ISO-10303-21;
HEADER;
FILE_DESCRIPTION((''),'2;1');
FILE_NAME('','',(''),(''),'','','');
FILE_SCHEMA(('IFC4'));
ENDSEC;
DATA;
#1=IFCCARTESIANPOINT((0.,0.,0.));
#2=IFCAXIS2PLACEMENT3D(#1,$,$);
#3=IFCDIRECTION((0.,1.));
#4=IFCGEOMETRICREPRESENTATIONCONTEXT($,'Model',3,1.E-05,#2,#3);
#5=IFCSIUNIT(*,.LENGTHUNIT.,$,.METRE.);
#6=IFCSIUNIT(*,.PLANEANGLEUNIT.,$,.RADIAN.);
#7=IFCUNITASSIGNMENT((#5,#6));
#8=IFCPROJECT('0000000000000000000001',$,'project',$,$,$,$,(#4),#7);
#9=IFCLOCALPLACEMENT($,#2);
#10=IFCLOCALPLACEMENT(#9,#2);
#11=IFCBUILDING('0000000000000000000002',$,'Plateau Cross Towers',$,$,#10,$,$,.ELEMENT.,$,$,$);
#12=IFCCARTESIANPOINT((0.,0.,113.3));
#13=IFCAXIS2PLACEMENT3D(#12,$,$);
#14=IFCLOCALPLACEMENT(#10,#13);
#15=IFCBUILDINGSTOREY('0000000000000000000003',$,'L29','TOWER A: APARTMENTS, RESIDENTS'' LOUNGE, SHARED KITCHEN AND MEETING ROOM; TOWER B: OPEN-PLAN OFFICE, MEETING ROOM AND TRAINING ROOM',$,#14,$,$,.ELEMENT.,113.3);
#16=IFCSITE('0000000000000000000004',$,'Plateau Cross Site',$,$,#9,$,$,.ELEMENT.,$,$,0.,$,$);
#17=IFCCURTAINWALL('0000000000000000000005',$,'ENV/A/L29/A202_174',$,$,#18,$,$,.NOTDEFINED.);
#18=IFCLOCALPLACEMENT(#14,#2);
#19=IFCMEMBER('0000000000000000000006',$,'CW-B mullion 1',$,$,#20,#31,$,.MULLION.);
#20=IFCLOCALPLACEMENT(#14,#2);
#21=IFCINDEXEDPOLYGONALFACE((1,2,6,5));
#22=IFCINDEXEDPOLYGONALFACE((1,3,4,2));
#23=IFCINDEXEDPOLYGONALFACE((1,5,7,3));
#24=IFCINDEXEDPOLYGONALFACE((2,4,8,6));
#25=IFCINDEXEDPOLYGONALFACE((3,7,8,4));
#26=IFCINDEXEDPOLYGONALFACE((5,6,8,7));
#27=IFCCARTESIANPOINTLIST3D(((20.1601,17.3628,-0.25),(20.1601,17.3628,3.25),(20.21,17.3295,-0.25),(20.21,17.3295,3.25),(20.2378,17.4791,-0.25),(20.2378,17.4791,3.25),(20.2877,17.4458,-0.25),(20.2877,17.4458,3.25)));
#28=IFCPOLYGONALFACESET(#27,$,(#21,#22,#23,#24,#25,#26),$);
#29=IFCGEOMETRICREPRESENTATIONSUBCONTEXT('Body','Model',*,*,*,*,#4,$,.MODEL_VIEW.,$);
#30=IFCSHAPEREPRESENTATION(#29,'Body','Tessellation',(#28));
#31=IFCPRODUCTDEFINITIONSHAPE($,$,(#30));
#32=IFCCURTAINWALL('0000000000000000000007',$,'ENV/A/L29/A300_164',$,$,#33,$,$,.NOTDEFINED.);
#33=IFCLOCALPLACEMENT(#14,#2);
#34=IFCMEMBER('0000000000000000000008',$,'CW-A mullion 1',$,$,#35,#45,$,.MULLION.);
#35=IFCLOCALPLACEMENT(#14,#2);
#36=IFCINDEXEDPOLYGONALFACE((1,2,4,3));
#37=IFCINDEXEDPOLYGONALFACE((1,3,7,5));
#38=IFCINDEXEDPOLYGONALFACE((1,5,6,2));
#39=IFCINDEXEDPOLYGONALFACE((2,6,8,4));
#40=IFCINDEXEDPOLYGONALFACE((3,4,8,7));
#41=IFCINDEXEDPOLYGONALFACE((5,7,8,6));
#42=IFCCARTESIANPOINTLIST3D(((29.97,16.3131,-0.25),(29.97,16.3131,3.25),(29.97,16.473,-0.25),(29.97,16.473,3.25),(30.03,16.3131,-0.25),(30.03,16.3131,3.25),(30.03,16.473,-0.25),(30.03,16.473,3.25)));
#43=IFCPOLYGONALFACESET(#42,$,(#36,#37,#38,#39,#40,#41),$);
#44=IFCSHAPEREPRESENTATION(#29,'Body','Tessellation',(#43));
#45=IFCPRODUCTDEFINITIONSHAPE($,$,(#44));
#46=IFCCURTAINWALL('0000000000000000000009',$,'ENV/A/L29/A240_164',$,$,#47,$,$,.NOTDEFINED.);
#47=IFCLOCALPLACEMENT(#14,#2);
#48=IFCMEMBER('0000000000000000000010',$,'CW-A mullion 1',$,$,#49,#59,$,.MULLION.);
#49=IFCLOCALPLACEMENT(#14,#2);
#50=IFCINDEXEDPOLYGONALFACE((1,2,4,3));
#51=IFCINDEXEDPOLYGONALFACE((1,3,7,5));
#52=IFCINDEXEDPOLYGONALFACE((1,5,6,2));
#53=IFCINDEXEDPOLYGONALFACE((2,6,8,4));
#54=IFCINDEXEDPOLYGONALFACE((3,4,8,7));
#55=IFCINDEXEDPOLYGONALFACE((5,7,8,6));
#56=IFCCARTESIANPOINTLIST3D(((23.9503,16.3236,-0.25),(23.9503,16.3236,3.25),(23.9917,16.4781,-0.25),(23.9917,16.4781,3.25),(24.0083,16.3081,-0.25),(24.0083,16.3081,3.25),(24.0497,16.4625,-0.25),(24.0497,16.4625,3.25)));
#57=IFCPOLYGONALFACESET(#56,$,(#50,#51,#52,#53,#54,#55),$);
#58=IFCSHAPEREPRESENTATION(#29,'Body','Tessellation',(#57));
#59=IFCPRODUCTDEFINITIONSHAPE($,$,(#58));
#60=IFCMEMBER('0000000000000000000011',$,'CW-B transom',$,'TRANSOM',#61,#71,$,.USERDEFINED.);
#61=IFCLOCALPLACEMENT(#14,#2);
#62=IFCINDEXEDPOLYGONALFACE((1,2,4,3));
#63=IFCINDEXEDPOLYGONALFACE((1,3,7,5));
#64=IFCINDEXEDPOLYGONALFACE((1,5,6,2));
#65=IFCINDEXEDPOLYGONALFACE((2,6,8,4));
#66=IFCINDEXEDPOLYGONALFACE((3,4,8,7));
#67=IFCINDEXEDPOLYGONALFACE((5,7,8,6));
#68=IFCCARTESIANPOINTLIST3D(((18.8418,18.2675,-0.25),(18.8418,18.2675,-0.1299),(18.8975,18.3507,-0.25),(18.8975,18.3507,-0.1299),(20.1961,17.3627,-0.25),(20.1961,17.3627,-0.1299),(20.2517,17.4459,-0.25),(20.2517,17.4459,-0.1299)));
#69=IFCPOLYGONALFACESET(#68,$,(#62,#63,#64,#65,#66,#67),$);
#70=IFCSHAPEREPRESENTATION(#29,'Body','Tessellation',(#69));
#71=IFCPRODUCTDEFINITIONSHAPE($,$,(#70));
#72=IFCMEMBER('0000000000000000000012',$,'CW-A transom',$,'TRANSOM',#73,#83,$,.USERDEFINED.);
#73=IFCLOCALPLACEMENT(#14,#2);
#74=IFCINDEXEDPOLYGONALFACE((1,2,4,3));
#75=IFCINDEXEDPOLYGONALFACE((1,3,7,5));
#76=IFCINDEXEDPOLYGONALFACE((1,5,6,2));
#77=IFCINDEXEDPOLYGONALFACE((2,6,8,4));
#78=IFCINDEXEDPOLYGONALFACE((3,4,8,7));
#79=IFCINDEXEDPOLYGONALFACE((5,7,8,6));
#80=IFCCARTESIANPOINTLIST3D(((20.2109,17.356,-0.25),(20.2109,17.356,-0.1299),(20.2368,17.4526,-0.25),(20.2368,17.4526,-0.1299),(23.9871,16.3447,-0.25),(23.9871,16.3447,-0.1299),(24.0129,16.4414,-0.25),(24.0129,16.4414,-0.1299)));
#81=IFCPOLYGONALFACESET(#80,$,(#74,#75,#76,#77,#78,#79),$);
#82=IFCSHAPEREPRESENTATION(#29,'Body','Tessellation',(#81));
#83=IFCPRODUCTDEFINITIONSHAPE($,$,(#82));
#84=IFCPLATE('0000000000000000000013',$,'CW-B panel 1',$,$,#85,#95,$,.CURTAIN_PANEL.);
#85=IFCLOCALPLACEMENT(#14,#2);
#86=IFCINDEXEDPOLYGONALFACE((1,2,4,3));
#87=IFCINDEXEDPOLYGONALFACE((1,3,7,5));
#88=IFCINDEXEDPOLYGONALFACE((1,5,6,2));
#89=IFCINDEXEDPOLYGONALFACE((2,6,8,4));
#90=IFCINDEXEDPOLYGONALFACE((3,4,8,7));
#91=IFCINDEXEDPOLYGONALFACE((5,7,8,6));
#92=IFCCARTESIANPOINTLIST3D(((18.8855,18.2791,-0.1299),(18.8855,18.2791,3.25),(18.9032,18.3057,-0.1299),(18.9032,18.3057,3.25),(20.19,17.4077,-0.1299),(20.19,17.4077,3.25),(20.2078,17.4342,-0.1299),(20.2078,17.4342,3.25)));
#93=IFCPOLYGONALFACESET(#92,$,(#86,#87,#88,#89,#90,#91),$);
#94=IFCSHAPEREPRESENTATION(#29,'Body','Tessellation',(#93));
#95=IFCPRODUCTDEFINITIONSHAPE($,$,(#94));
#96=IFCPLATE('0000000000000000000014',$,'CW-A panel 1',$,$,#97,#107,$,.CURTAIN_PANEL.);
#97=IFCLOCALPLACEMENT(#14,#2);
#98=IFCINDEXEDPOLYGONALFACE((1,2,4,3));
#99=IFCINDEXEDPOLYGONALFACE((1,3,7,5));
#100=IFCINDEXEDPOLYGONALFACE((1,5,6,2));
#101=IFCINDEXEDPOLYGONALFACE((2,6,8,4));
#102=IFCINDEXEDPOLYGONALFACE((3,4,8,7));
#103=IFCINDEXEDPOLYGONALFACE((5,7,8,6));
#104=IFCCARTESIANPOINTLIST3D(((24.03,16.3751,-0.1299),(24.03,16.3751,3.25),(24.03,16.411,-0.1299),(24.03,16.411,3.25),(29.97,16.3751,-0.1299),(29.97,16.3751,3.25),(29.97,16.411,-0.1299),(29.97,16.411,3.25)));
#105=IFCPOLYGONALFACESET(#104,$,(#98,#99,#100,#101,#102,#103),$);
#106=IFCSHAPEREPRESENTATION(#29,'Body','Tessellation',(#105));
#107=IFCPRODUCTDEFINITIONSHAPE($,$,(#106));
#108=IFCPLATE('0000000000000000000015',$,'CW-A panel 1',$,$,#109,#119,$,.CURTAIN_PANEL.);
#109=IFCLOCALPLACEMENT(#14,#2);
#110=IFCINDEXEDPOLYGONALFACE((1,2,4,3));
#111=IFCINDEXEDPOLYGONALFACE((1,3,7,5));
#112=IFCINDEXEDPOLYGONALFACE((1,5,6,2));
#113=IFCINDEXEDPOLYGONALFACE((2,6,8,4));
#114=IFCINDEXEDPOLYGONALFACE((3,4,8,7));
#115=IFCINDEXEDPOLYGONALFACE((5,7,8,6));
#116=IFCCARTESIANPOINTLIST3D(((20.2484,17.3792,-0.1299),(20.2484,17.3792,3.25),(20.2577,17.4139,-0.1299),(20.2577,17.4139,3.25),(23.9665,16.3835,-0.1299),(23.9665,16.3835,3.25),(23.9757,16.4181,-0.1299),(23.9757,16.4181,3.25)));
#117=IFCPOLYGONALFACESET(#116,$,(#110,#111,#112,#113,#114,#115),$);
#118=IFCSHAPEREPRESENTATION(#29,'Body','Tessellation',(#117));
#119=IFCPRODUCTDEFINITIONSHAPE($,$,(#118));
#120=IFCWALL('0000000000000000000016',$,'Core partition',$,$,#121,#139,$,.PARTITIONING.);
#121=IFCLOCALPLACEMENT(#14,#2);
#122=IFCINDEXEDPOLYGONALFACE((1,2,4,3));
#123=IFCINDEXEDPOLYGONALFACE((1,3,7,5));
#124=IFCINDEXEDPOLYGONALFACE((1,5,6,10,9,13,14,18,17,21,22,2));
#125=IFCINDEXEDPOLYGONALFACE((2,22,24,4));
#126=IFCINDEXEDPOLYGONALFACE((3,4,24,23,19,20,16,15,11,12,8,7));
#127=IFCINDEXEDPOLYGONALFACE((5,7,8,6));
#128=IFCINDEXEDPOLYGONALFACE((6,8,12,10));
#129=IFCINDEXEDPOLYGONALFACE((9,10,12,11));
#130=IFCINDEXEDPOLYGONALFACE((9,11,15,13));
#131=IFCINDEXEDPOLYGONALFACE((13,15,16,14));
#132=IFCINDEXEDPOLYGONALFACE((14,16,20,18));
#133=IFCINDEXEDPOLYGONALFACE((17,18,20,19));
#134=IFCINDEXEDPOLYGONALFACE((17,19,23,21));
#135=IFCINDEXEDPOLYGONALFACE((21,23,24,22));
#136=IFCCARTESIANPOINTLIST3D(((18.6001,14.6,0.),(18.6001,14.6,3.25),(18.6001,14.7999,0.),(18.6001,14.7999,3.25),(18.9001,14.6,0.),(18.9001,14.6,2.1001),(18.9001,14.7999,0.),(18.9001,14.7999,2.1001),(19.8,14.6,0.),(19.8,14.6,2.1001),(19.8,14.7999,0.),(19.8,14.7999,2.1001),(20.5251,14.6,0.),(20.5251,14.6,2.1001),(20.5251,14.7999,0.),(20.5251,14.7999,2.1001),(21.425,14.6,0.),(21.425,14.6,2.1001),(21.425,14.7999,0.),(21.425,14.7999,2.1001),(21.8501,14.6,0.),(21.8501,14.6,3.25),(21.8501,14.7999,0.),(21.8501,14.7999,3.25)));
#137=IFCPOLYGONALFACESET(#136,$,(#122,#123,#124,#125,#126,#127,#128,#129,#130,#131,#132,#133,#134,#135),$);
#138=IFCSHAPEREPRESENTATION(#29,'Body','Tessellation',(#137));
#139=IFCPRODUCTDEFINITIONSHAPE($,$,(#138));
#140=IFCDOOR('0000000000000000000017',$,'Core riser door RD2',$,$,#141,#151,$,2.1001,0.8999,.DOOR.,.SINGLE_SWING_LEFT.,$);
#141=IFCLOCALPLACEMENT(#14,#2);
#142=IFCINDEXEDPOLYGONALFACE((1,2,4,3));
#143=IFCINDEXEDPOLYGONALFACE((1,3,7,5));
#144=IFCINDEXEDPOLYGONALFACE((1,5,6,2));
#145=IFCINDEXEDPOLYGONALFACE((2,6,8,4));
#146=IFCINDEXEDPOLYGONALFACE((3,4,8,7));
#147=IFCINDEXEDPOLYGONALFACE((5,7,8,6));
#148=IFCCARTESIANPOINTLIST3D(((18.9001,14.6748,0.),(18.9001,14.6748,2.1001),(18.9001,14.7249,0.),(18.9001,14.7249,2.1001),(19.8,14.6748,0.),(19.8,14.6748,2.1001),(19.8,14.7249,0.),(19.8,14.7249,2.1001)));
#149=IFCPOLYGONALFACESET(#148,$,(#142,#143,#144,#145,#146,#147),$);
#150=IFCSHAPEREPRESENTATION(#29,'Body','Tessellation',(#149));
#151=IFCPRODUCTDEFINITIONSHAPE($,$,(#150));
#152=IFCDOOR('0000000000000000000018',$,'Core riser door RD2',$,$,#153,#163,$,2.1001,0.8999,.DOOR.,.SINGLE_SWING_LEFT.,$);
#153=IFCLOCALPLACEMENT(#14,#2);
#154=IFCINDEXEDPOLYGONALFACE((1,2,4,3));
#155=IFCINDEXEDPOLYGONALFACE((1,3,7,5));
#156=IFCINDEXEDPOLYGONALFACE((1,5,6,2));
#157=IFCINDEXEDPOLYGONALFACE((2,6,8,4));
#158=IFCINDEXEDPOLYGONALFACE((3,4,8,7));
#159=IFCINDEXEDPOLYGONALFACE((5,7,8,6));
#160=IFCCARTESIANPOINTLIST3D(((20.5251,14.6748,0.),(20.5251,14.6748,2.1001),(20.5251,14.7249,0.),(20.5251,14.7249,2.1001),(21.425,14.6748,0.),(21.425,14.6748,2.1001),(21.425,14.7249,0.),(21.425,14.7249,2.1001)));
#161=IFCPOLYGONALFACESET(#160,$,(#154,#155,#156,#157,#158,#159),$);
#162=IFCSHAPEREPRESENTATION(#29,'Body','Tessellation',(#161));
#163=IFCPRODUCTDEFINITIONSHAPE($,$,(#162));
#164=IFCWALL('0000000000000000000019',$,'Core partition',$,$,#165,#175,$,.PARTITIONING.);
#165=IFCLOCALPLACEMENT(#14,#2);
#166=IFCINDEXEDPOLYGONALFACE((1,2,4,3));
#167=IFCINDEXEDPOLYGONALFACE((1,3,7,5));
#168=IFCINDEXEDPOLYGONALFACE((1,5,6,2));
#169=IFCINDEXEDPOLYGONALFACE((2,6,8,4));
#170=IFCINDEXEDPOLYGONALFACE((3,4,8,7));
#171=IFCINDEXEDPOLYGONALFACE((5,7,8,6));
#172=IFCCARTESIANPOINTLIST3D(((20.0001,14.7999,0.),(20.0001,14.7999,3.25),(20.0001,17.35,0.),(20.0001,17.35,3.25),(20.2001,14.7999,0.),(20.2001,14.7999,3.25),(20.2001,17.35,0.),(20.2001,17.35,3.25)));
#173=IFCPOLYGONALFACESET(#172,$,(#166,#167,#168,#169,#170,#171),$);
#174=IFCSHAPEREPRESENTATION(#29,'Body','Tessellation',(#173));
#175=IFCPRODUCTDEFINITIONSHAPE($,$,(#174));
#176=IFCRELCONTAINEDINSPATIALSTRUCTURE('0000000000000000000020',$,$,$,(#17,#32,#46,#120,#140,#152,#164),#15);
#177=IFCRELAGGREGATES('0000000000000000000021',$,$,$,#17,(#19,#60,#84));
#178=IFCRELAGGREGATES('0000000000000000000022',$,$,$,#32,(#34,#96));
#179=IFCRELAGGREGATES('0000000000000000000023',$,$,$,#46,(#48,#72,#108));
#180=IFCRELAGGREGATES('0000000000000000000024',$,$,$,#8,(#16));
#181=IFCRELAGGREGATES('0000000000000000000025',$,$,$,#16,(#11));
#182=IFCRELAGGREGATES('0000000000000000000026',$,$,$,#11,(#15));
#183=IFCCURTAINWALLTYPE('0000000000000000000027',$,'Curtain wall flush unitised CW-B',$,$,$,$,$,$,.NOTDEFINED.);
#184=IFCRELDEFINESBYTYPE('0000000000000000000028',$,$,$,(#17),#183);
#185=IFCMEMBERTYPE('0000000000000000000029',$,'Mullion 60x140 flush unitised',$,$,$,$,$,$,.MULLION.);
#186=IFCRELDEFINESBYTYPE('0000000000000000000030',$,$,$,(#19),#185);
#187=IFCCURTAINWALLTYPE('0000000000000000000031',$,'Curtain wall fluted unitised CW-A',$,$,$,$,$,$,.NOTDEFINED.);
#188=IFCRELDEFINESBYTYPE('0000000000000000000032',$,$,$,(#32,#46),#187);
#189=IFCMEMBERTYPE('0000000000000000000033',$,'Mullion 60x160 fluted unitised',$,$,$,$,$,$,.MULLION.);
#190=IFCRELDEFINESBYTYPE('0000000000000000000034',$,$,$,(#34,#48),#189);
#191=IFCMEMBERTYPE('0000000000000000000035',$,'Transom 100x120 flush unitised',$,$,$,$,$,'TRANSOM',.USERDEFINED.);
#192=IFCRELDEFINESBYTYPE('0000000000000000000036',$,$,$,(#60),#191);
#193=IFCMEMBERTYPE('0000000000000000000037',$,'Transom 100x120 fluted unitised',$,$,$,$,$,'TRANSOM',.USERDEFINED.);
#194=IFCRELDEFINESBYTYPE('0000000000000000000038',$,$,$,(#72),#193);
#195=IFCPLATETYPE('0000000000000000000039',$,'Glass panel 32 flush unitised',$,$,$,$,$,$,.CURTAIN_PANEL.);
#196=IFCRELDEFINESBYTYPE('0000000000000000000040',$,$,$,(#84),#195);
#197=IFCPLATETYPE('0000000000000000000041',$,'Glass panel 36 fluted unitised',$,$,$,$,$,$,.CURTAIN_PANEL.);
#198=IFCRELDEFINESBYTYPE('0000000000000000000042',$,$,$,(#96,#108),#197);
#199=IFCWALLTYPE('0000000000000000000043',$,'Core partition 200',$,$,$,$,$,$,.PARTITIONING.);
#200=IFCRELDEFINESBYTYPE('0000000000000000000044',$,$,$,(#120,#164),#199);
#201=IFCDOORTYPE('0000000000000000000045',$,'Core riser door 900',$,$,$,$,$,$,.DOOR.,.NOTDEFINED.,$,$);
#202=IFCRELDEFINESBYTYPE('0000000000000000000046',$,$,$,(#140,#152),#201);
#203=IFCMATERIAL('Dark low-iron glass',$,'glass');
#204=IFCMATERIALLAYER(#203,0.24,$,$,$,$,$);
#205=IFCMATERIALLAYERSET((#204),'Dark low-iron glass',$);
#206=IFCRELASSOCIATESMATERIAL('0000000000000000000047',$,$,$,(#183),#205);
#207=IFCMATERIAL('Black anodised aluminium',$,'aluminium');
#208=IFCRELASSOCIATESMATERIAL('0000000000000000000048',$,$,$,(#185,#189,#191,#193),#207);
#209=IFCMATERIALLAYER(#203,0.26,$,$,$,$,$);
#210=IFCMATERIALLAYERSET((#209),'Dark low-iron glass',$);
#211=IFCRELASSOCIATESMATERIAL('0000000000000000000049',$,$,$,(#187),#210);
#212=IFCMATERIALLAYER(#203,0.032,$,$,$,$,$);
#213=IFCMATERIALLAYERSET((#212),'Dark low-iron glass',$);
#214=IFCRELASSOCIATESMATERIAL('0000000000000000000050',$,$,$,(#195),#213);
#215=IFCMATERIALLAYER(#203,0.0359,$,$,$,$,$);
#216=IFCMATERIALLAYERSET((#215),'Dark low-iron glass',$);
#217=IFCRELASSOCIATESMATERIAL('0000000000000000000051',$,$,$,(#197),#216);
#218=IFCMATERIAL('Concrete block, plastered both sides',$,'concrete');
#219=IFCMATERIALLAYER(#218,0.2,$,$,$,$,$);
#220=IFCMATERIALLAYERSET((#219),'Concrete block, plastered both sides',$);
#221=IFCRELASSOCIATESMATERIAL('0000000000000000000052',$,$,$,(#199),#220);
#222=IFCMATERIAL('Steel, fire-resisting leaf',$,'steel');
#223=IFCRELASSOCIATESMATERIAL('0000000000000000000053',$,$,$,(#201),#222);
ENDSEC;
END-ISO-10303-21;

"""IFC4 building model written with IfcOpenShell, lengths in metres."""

from ifc_helpers import new_model, si_unit, direction, frame, frame_2d, origin, origin_2d, place, context, subcontext, project, spatial, rectangle, extrude, material, layer, layer_set, material_profile, profile_set, type_object, element, fill, aggregate, save


model = new_model("IFC4")

# Units and contexts
model_context = context("Model", 3, precision=1e-05, world=origin(), true_north=direction((0.0, 1.0)))
body_context = subcontext(model_context, "Body", "Model", "MODEL_VIEW")
ifc_project = project(units=[si_unit("LENGTHUNIT", "METRE"), si_unit("PLANEANGLEUNIT", "RADIAN")], contexts=[model_context])

# Site, building, storey
site_placement = place(None, origin())
site = spatial("IfcSite", under=ifc_project, at=site_placement, Name="Plateau Cross Site", CompositionType="ELEMENT", RefElevation=0.0)
building_placement = place(site_placement, origin())
building = spatial("IfcBuilding", under=site, at=building_placement, Name="Plateau Cross Towers", CompositionType="ELEMENT")
storey_placement = place(building_placement, frame((0.0, 0.0, 113.3)))
storey = spatial("IfcBuildingStorey", under=building, at=storey_placement, Name="L29", Description="TOWER A: APARTMENTS, RESIDENTS' LOUNGE, SHARED KITCHEN AND MEETING ROOM; TOWER B: OPEN-PLAN OFFICE, MEETING ROOM AND TRAINING ROOM", CompositionType="ELEMENT", Elevation=113.3)

# Curtain walls, members
ifc_material_1 = material(Name="Dark low-iron glass", Category="glass")
ifc_layer_1 = layer(ifc_material_1, 0.24)
ifc_layer_set_1 = layer_set([ifc_layer_1], Name="Dark low-iron glass")
curtain_wall_type_1 = type_object("IfcCurtainWallType", Name="Curtain wall flush unitised CW-B", PredefinedType="NOTDEFINED", material=ifc_layer_set_1)
curtain_wall_1_placement = place(storey_placement, origin())
curtain_wall_1 = element("IfcCurtainWall", 1, at=curtain_wall_1_placement, inside=storey, type_object=curtain_wall_type_1, Name="ENV/A/L29/A202_174", PredefinedType="NOTDEFINED")
ifc_material_2 = material(Name="Black anodised aluminium", Category="aluminium")
ifc_material_profile_1 = material_profile(ifc_material_2, rectangle(XDim=0.0601, YDim=0.1399, at=origin_2d()), Name="MULLION 60x140")
ifc_profile_set_1 = profile_set([ifc_material_profile_1], Name="Black anodised aluminium")
member_type_1 = type_object("IfcMemberType", Name="Mullion 60x140 flush unitised", PredefinedType="MULLION", material=ifc_profile_set_1)
member_1_placement = place(storey_placement, frame((20.2239, 17.4043, -0.25), z_axis=(0.0, 0.0, 1.0), x_axis=(-0.831521, 0.555493, 0.0)))
member_1 = element("IfcMember", 2, at=member_1_placement, type_object=member_type_1, Name="CW-B mullion 1", PredefinedType="MULLION", context=body_context, shape_type="SweptSolid", body=[
    extrude(rectangle(XDim=0.0601, YDim=0.1399, at=origin_2d()), origin(), (0.0, 0.0, 1.0), 3.5),
])
ifc_layer_2 = layer(ifc_material_1, 0.26)
ifc_layer_set_2 = layer_set([ifc_layer_2], Name="Dark low-iron glass")
curtain_wall_type_2 = type_object("IfcCurtainWallType", Name="Curtain wall fluted unitised CW-A", PredefinedType="NOTDEFINED", material=ifc_layer_set_2)
curtain_wall_2_placement = place(storey_placement, origin())
curtain_wall_2 = element("IfcCurtainWall", 3, at=curtain_wall_2_placement, inside=storey, type_object=curtain_wall_type_2, Name="ENV/A/L29/A300_164", PredefinedType="NOTDEFINED")
ifc_material_profile_2 = material_profile(ifc_material_2, rectangle(XDim=0.0601, YDim=0.1599, at=origin_2d()), Name="MULLION 60x160")
ifc_profile_set_2 = profile_set([ifc_material_profile_2], Name="Black anodised aluminium")
member_type_2 = type_object("IfcMemberType", Name="Mullion 60x160 fluted unitised", PredefinedType="MULLION", material=ifc_profile_set_2)
member_2_placement = place(storey_placement, frame((30.0, 16.3931, -0.25), z_axis=(0.0, 0.0, 1.0), x_axis=(-1.0, 0.0, 0.0)))
member_2 = element("IfcMember", 4, at=member_2_placement, type_object=member_type_2, Name="CW-A mullion 1", PredefinedType="MULLION", context=body_context, shape_type="SweptSolid", body=[
    extrude(rectangle(XDim=0.0601, YDim=0.1599, at=origin_2d()), origin(), (0.0, 0.0, 1.0), 3.5),
])
curtain_wall_3_placement = place(storey_placement, origin())
curtain_wall_3 = element("IfcCurtainWall", 5, at=curtain_wall_3_placement, inside=storey, type_object=curtain_wall_type_2, Name="ENV/A/L29/A240_164", PredefinedType="NOTDEFINED")
member_3_placement = place(storey_placement, frame((24.0, 16.3931, -0.25), z_axis=(0.0, 0.0, 1.0), x_axis=(-0.965958, 0.258699, 0.0)))
member_3 = element("IfcMember", 6, at=member_3_placement, type_object=member_type_2, Name="CW-A mullion 1", PredefinedType="MULLION", context=body_context, shape_type="SweptSolid", body=[
    extrude(rectangle(XDim=0.0601, YDim=0.1599, at=origin_2d()), origin(), (0.0, 0.0, 1.0), 3.5),
])

# Members
ifc_material_profile_3 = material_profile(ifc_material_2, rectangle(XDim=0.1001, YDim=0.1201, at=origin_2d()), Name="TRANSOM 100x120")
ifc_profile_set_3 = profile_set([ifc_material_profile_3], Name="Black anodised aluminium")
member_type_3 = type_object("IfcMemberType", Name="Transom 100x120 flush unitised", ElementType="TRANSOM", PredefinedType="USERDEFINED", material=ifc_profile_set_3)
member_4_placement = place(storey_placement, frame((20.2239, 17.4043, -0.1899), z_axis=(-0.831496, 0.55553, 0.0), x_axis=(-0.55553, -0.831496, 0.0)))
member_4 = element("IfcMember", 7, at=member_4_placement, type_object=member_type_3, Name="CW-B transom", ObjectType="TRANSOM", PredefinedType="USERDEFINED", context=body_context, shape_type="SweptSolid", body=[
    extrude(rectangle(XDim=0.1001, YDim=0.1201, at=origin_2d()), origin(), (0.0, 0.0, 1.0), 1.6287),
])
ifc_material_profile_4 = material_profile(ifc_material_2, rectangle(XDim=0.1001, YDim=0.1201, at=origin_2d()), Name="TRANSOM 100x120")
ifc_profile_set_4 = profile_set([ifc_material_profile_4], Name="Black anodised aluminium")
member_type_4 = type_object("IfcMemberType", Name="Transom 100x120 fluted unitised", ElementType="TRANSOM", PredefinedType="USERDEFINED", material=ifc_profile_set_4)
member_5_placement = place(storey_placement, frame((24.0, 16.3931, -0.1899), z_axis=(-0.965963, 0.258681, 0.0), x_axis=(-0.258681, -0.965963, 0.0)))
member_5 = element("IfcMember", 8, at=member_5_placement, type_object=member_type_4, Name="CW-A transom", ObjectType="TRANSOM", PredefinedType="USERDEFINED", context=body_context, shape_type="SweptSolid", body=[
    extrude(rectangle(XDim=0.1001, YDim=0.1201, at=origin_2d()), origin(), (0.0, 0.0, 1.0), 3.9092),
])

# Plates
ifc_layer_3 = layer(ifc_material_1, 0.032)
ifc_layer_set_3 = layer_set([ifc_layer_3], Name="Dark low-iron glass")
plate_type_1 = type_object("IfcPlateType", Name="Glass panel 32 flush unitised", PredefinedType="CURTAIN_PANEL", material=ifc_layer_set_3)
plate_1_placement = place(storey_placement, frame((19.5466, 17.8567, -0.1299), z_axis=(0.0, 0.0, 1.0), x_axis=(-0.831521, 0.555493, 0.0)))
plate_1 = element("IfcPlate", 9, at=plate_1_placement, type_object=plate_type_1, Name="CW-B panel 1", PredefinedType="CURTAIN_PANEL", context=body_context, shape_type="SweptSolid", body=[
    extrude(rectangle(XDim=1.5688, YDim=0.032, at=origin_2d()), origin(), (0.0, 0.0, 1.0), 3.3799),
])
aggregate(curtain_wall_1, [member_1, member_4, plate_1])
ifc_layer_4 = layer(ifc_material_1, 0.0359)
ifc_layer_set_4 = layer_set([ifc_layer_4], Name="Dark low-iron glass")
plate_type_2 = type_object("IfcPlateType", Name="Glass panel 36 fluted unitised", PredefinedType="CURTAIN_PANEL", material=ifc_layer_set_4)
plate_2_placement = place(storey_placement, frame((27.0, 16.3931, -0.1299), z_axis=(0.0, 0.0, 1.0), x_axis=(-1.0, 0.0, 0.0)))
plate_2 = element("IfcPlate", 10, at=plate_2_placement, type_object=plate_type_2, Name="CW-A panel 1", PredefinedType="CURTAIN_PANEL", context=body_context, shape_type="SweptSolid", body=[
    extrude(rectangle(XDim=5.9399, YDim=0.0359, at=origin_2d()), origin(), (0.0, 0.0, 1.0), 3.3799),
])
aggregate(curtain_wall_2, [member_2, plate_2])
plate_3_placement = place(storey_placement, frame((22.1121, 16.8987, -0.1299), z_axis=(0.0, 0.0, 1.0), x_axis=(-0.965958, 0.258699, 0.0)))
plate_3 = element("IfcPlate", 11, at=plate_3_placement, type_object=plate_type_2, Name="CW-A panel 1", PredefinedType="CURTAIN_PANEL", context=body_context, shape_type="SweptSolid", body=[
    extrude(rectangle(XDim=3.8491, YDim=0.0359, at=origin_2d()), origin(), (0.0, 0.0, 1.0), 3.3799),
])
aggregate(curtain_wall_3, [member_3, member_5, plate_3])

# Wall, openings, doors
ifc_material_3 = material(Name="Concrete block, plastered both sides", Category="concrete")
ifc_layer_5 = layer(ifc_material_3, 0.2)
ifc_layer_set_5 = layer_set([ifc_layer_5], Name="Concrete block, plastered both sides")
wall_type_1 = type_object("IfcWallType", Name="Core partition 200", PredefinedType="PARTITIONING", material=ifc_layer_set_5)
wall_1_placement = place(storey_placement, frame((18.6001, 14.7, 0.0), z_axis=(0.0, 0.0, 1.0), x_axis=(1.0, 0.0, 0.0)))
wall_1 = element("IfcWall", 12, at=wall_1_placement, inside=storey, type_object=wall_type_1, Name="Core partition", PredefinedType="PARTITIONING", context=body_context, shape_type="SweptSolid", body=[
    extrude(rectangle(XDim=3.25, YDim=0.2, at=frame_2d((1.625, 0.0))), origin(), (0.0, 0.0, 1.0), 3.25),
])
opening_1_placement = place(wall_1_placement, frame((0.3, 0.0, 0.0)))
opening_1 = element("IfcOpeningElement", 13, at=opening_1_placement, cuts=wall_1, PredefinedType="OPENING", context=body_context, shape_type="SweptSolid", body=[
    extrude(rectangle(XDim=0.8999, YDim=2.1001, at=frame_2d((0.45, 1.05))), frame((0.0, 0.1099, 0.0), z_axis=(0.0, -1.0, 0.0), x_axis=(1.0, 0.0, 0.0)), (0.0, 0.0, 1.0), 0.22),
])
opening_2_placement = place(wall_1_placement, frame((1.925, 0.0, 0.0)))
opening_2 = element("IfcOpeningElement", 14, at=opening_2_placement, cuts=wall_1, PredefinedType="OPENING", context=body_context, shape_type="SweptSolid", body=[
    extrude(rectangle(XDim=0.8999, YDim=2.1001, at=frame_2d((0.45, 1.05))), frame((0.0, 0.1099, 0.0), z_axis=(0.0, -1.0, 0.0), x_axis=(1.0, 0.0, 0.0)), (0.0, 0.0, 1.0), 0.22),
])
ifc_material_4 = material(Name="Steel, fire-resisting leaf", Category="steel")
door_type_1 = type_object("IfcDoorType", Name="Core riser door 900", OperationType="NOTDEFINED", PredefinedType="DOOR", material=ifc_material_4)
door_1_placement = place(opening_1_placement, origin())
door_1 = element("IfcDoor", 15, at=door_1_placement, inside=storey, type_object=door_type_1, Name="Core riser door RD2", OperationType="SINGLE_SWING_LEFT", OverallHeight=2.1001, OverallWidth=0.8999, PredefinedType="DOOR", context=body_context, shape_type="SweptSolid", body=[
    extrude(rectangle(XDim=0.8999, YDim=2.1001, at=frame_2d((0.45, 1.05))), frame((0.0, 0.0249, 0.0), z_axis=(0.0, -1.0, 0.0), x_axis=(1.0, 0.0, 0.0)), (0.0, 0.0, 1.0), 0.05),
])
fill(opening_1, door_1)
door_2_placement = place(opening_2_placement, origin())
door_2 = element("IfcDoor", 16, at=door_2_placement, inside=storey, type_object=door_type_1, Name="Core riser door RD2", OperationType="SINGLE_SWING_LEFT", OverallHeight=2.1001, OverallWidth=0.8999, PredefinedType="DOOR", context=body_context, shape_type="SweptSolid", body=[
    extrude(rectangle(XDim=0.8999, YDim=2.1001, at=frame_2d((0.45, 1.05))), frame((0.0, 0.0249, 0.0), z_axis=(0.0, -1.0, 0.0), x_axis=(1.0, 0.0, 0.0)), (0.0, 0.0, 1.0), 0.05),
])
fill(opening_2, door_2)

# Wall
wall_2_placement = place(storey_placement, frame((20.1001, 14.8, 0.0), z_axis=(0.0, 0.0, 1.0), x_axis=(0.0, 1.0, 0.0)))
element("IfcWall", 17, at=wall_2_placement, inside=storey, type_object=wall_type_1, Name="Core partition", PredefinedType="PARTITIONING", context=body_context, shape_type="SweptSolid", body=[
    extrude(rectangle(XDim=2.55, YDim=0.2, at=frame_2d((1.2749, 0.0))), origin(), (0.0, 0.0, 1.0), 3.25),
])

save(model, "model.ifc")
